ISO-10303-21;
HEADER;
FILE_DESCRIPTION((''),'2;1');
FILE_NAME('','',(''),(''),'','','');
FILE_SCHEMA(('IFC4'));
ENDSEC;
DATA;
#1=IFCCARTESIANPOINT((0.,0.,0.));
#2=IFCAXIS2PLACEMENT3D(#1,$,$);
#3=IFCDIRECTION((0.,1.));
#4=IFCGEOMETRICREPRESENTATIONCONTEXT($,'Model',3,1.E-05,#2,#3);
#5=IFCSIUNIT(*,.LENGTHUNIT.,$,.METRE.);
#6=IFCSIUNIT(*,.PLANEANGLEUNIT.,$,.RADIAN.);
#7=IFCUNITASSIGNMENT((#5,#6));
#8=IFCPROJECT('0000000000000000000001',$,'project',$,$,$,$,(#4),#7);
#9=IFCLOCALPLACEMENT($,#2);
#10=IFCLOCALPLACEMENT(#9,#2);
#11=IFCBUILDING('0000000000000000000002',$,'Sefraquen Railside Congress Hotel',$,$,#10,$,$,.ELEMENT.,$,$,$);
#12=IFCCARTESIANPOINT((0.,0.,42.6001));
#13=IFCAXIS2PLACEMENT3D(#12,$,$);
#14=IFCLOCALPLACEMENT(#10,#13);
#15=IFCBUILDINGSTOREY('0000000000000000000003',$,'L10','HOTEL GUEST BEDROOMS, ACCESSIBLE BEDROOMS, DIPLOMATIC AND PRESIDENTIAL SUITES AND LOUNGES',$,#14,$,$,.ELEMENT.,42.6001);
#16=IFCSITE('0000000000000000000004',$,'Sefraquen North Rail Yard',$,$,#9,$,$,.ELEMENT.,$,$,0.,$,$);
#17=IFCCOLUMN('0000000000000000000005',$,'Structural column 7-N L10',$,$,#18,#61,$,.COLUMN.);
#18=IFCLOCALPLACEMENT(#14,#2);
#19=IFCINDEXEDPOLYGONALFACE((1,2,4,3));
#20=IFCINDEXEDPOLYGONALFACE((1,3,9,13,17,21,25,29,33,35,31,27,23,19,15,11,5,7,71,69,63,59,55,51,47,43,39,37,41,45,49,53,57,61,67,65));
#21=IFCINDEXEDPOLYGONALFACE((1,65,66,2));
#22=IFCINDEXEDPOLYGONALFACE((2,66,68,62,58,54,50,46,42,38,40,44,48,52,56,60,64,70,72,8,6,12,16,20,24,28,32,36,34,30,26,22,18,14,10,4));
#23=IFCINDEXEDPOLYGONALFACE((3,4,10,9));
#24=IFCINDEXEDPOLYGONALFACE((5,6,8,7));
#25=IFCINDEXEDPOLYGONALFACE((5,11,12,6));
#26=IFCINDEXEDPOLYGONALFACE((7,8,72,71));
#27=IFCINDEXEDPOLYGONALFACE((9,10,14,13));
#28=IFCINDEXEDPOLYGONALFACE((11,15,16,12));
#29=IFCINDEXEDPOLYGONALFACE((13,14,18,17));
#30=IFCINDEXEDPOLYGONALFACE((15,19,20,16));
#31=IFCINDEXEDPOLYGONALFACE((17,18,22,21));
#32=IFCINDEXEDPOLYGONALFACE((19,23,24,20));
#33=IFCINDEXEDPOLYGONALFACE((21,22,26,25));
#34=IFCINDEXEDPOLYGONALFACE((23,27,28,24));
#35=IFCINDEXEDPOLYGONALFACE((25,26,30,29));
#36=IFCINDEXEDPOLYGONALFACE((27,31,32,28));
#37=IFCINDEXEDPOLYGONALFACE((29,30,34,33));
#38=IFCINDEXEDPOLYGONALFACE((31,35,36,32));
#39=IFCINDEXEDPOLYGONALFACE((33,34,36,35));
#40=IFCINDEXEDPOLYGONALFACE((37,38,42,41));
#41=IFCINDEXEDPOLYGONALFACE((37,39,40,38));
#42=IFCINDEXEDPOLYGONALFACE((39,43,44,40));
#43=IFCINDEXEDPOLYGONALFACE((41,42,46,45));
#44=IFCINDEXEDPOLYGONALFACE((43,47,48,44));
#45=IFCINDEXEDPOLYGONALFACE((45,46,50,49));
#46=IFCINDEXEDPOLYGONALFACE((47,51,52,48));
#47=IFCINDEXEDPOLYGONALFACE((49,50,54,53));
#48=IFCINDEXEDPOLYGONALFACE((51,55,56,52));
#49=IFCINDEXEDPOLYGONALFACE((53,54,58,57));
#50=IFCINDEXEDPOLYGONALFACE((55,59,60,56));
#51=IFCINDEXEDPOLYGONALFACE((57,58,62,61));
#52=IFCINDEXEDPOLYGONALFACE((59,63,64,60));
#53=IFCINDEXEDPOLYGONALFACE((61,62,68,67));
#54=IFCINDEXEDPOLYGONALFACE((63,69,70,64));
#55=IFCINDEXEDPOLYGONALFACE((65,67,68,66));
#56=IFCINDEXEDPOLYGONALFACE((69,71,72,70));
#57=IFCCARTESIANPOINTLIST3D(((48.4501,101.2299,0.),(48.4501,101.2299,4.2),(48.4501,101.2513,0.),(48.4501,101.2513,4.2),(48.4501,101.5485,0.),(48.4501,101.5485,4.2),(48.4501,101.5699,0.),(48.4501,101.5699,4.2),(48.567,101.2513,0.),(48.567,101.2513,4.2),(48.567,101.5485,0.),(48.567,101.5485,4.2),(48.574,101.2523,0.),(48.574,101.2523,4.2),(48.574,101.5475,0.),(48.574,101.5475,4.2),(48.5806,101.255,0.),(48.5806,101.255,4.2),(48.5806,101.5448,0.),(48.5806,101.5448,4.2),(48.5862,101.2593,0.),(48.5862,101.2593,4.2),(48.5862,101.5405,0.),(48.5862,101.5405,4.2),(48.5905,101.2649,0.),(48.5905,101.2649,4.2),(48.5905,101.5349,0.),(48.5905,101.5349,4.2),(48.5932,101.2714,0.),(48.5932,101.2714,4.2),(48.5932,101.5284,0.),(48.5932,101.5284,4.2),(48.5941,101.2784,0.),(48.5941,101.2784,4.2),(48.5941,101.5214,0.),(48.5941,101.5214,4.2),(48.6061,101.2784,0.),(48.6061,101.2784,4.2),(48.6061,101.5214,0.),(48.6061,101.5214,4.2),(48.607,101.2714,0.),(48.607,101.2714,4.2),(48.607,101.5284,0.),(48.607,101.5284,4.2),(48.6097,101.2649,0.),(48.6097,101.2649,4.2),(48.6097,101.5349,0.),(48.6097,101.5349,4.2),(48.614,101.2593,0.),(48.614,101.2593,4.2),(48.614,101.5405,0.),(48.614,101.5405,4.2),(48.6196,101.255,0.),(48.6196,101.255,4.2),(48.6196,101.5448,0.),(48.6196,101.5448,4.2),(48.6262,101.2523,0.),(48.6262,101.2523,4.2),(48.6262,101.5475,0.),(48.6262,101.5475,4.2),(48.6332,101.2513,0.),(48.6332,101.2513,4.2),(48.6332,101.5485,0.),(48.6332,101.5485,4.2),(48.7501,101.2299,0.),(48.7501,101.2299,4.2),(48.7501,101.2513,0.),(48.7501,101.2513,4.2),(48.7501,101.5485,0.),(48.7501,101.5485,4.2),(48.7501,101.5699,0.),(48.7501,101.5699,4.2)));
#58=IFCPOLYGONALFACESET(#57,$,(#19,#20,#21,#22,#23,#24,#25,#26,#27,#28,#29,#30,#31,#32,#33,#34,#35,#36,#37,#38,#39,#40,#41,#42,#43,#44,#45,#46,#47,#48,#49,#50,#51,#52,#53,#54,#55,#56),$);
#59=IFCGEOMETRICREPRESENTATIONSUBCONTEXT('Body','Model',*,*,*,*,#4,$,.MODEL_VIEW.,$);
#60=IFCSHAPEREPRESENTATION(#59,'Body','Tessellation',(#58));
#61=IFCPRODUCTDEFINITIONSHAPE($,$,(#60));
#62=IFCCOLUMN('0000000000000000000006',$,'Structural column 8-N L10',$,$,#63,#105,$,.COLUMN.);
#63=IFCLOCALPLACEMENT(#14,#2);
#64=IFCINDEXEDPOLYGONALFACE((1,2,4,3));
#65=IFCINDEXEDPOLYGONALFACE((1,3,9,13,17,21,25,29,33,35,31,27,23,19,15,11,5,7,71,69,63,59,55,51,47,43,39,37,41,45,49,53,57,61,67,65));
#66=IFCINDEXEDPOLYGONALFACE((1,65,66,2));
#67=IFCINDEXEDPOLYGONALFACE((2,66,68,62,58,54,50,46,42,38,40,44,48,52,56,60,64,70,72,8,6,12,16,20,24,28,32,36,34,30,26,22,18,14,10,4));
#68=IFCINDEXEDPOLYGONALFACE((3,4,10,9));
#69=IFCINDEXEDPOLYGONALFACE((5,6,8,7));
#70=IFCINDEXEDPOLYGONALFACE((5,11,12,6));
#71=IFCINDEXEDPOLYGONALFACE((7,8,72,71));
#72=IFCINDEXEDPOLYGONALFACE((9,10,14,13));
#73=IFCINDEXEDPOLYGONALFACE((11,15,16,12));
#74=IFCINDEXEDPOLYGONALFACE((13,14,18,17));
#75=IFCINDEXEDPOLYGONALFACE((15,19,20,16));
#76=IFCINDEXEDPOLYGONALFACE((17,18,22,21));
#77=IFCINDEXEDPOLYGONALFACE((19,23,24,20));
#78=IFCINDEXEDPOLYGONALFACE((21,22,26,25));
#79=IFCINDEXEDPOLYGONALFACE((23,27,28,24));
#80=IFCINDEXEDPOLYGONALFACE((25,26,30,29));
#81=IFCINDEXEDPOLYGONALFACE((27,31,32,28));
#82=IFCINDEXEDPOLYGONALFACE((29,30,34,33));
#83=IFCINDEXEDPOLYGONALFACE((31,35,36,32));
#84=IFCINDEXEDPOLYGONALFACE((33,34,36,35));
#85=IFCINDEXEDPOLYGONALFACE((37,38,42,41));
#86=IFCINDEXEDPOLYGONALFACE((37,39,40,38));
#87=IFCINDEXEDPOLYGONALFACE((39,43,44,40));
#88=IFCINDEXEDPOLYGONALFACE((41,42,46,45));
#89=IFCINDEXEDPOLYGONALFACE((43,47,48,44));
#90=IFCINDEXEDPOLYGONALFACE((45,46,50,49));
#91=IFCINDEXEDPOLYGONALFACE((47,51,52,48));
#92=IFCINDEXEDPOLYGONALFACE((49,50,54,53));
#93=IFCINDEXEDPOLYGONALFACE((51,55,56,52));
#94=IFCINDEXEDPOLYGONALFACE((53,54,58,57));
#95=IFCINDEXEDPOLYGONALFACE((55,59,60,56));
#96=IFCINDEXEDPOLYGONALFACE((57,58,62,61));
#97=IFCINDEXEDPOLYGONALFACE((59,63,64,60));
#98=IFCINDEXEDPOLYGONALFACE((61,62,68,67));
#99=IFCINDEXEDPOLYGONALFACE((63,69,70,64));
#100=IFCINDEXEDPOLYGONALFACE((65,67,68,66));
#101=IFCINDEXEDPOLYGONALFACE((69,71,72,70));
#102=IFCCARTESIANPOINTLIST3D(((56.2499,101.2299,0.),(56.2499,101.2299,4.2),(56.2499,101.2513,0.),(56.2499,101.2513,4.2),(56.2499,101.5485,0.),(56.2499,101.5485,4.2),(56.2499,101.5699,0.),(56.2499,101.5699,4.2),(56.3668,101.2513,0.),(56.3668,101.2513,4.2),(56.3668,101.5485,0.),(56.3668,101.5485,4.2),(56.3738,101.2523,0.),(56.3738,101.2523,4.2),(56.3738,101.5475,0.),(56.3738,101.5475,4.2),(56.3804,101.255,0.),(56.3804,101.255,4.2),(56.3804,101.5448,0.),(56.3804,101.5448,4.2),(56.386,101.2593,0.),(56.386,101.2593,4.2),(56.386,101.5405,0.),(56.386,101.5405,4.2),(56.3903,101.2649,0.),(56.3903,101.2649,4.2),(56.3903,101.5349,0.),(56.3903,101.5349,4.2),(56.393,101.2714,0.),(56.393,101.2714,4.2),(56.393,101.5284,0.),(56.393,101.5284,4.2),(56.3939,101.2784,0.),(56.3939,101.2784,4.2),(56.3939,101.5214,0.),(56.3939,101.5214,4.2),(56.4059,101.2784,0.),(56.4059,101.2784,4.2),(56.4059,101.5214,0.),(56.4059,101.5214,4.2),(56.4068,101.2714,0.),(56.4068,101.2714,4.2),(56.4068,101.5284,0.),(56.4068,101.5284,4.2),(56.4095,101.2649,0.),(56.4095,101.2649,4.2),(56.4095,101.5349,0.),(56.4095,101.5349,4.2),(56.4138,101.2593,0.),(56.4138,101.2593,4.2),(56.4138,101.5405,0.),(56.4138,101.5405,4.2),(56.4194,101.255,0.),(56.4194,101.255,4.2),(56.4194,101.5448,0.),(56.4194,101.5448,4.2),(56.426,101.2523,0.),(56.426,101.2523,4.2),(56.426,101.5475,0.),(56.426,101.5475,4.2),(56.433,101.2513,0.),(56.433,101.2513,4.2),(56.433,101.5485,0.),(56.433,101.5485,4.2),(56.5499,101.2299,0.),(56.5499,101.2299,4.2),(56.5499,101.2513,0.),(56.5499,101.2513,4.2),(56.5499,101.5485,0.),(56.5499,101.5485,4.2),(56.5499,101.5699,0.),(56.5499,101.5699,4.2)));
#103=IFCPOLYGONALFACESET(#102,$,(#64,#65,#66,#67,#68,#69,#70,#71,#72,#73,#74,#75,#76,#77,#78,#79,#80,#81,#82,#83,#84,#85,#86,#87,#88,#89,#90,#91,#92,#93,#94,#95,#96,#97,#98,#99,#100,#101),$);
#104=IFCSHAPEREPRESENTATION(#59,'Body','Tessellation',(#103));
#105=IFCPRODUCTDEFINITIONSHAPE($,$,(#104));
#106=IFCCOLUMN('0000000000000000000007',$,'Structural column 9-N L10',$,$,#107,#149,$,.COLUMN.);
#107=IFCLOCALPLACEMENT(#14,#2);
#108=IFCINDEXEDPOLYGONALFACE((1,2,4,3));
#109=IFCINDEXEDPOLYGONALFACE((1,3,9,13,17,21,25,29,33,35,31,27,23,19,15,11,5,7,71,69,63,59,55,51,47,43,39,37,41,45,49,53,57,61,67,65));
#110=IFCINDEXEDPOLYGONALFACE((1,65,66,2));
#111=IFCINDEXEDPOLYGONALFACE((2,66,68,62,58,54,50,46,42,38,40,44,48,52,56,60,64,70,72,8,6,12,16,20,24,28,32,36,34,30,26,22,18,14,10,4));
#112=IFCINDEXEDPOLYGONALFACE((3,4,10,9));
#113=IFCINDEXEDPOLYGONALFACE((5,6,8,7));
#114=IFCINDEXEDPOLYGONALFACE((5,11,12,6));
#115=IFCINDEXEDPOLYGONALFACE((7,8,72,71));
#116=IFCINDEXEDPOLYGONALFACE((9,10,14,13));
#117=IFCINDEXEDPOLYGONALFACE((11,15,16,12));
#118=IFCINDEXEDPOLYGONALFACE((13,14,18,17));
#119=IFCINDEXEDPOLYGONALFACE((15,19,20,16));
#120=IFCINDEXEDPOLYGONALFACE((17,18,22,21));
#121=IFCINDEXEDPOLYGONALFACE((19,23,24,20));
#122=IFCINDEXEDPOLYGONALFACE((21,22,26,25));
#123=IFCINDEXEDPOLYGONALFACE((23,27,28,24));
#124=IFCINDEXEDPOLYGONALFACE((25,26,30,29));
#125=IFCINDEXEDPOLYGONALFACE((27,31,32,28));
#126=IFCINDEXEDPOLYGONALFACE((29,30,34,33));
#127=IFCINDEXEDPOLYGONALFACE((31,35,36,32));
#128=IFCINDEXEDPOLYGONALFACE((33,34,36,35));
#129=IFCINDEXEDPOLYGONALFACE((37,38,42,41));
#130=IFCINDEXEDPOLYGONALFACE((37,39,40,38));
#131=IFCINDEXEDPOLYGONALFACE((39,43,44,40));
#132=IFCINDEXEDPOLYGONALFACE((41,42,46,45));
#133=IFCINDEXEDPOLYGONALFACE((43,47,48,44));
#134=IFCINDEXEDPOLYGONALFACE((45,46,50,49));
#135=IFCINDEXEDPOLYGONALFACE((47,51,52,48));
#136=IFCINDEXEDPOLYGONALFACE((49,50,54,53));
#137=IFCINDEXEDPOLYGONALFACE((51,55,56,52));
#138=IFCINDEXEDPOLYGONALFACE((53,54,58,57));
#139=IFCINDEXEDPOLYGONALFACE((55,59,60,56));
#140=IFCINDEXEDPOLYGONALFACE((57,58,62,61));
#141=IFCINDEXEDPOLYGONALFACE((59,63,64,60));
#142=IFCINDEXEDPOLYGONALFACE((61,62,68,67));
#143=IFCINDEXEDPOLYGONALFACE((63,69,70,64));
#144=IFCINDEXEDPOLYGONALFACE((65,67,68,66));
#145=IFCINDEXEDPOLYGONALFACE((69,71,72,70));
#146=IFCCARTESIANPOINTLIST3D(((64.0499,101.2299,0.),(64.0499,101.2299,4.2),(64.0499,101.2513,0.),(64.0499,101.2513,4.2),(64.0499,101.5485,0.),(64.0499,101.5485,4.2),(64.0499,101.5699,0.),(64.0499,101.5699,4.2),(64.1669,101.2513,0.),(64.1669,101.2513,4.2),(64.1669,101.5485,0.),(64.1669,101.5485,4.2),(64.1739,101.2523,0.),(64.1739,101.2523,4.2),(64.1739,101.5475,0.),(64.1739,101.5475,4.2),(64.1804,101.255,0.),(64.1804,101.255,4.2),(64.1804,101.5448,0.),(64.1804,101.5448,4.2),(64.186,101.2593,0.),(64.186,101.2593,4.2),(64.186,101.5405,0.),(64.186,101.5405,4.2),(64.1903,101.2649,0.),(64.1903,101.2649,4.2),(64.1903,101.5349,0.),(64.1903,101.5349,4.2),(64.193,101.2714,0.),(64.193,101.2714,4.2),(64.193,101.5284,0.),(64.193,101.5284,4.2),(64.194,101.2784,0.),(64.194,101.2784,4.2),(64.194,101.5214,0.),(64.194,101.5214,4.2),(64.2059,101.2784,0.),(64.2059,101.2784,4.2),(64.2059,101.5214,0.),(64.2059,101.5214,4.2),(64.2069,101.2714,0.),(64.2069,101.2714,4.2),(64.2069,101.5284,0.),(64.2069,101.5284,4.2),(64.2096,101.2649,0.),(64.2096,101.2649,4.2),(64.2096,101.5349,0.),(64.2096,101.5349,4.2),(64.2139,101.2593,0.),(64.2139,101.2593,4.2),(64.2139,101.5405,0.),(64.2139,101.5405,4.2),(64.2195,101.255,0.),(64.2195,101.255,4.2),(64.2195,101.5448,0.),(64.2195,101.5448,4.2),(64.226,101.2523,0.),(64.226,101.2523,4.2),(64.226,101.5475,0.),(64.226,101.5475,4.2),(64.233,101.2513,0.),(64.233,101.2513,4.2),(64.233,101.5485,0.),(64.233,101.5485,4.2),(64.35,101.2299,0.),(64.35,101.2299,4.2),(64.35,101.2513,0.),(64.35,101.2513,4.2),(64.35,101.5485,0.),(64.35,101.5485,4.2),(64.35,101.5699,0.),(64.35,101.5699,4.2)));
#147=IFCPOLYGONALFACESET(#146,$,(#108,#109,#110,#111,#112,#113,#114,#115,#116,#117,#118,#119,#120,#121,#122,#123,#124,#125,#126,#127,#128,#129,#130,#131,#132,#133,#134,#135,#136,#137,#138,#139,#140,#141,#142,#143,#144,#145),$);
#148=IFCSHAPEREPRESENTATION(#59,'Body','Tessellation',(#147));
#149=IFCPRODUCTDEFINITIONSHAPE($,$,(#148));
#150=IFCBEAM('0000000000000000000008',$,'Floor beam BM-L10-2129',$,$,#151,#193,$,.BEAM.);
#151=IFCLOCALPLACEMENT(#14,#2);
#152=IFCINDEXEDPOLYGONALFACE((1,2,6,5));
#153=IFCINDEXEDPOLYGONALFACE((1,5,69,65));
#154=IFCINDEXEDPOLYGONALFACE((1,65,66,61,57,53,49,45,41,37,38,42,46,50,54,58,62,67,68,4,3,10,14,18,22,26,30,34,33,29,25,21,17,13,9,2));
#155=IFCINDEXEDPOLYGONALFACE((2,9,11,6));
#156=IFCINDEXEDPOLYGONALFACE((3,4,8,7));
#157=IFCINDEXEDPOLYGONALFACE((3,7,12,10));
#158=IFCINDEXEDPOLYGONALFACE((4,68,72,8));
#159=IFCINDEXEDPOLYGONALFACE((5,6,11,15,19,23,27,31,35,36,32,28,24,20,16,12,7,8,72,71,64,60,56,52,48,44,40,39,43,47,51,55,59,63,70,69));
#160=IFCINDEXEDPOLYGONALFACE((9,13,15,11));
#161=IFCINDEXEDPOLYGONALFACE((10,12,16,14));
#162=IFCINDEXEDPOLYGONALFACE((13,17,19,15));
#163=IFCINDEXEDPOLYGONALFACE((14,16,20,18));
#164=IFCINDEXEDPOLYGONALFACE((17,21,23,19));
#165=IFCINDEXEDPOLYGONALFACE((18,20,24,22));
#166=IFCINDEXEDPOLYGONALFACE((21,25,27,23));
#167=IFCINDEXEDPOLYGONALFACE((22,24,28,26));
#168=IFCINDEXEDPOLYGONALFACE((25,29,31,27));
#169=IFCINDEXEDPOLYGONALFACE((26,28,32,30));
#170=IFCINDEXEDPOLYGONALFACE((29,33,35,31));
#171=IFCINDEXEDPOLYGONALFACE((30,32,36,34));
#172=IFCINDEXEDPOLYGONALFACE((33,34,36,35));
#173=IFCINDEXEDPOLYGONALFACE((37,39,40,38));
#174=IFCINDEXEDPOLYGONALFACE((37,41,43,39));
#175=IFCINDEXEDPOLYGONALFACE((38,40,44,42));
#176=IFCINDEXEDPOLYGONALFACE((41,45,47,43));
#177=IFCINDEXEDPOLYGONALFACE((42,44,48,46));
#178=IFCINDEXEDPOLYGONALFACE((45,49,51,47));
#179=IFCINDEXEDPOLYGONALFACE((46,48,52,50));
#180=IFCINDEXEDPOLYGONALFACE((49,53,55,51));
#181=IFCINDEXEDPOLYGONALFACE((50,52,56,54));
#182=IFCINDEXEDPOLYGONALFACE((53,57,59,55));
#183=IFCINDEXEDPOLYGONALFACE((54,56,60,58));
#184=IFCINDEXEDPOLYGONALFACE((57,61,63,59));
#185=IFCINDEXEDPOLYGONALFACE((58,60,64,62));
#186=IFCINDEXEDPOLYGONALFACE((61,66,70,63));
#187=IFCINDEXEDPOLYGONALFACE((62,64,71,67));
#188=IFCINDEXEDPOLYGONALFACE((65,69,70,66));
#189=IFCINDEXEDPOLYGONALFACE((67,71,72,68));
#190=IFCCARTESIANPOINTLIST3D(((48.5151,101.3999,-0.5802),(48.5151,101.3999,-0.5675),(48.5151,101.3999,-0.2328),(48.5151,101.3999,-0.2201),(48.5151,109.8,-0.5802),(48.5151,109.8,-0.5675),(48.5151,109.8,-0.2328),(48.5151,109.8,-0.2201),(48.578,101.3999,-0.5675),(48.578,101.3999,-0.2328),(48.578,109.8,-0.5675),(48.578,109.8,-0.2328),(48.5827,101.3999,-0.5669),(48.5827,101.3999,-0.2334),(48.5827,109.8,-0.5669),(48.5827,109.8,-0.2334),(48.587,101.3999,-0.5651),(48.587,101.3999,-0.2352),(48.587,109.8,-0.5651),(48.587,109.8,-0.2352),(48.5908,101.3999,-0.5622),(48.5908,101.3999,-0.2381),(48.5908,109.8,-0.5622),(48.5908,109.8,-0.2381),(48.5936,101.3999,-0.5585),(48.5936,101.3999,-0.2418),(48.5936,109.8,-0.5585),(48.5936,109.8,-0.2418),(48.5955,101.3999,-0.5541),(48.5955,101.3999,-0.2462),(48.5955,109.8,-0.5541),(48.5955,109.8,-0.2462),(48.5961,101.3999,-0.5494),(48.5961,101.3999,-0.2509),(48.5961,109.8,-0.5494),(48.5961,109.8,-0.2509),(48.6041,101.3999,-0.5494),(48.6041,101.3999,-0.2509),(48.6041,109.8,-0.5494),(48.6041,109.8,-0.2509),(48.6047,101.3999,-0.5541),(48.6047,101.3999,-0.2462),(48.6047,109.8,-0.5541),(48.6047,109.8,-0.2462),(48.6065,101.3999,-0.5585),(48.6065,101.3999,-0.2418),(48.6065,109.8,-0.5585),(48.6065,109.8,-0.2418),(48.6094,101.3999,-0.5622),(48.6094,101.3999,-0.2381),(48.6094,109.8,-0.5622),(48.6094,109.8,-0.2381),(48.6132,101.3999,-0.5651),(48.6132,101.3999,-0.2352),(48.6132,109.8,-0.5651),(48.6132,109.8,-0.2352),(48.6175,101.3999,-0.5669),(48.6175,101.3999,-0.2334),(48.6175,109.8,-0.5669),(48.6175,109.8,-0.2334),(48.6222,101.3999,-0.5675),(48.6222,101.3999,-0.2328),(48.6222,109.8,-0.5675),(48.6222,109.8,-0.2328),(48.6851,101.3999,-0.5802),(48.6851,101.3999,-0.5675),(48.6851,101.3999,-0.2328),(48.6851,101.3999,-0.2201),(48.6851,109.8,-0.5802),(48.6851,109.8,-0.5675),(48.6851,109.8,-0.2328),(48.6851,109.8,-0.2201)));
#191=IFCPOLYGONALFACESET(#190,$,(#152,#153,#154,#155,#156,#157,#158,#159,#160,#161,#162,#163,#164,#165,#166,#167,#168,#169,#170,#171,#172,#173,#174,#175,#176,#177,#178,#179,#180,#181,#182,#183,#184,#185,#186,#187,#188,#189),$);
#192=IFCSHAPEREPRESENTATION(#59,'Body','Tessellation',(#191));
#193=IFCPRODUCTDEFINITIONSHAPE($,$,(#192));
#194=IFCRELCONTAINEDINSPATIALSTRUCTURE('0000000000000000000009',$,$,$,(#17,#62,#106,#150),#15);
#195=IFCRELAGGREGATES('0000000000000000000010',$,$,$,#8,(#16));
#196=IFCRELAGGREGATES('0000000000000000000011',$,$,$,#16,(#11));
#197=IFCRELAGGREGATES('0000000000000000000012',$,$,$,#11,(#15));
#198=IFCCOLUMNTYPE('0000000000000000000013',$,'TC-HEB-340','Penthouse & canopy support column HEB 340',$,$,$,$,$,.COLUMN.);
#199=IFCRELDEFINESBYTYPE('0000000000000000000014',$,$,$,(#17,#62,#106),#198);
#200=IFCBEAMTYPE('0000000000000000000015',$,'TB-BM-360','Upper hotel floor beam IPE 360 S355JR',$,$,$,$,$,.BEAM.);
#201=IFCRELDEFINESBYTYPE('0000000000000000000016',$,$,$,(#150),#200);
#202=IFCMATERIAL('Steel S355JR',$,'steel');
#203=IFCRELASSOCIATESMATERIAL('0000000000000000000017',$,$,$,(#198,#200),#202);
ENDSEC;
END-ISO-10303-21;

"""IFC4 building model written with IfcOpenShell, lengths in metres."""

from ifc_helpers import new_model, si_unit, direction, frame, origin, origin_2d, place, context, subcontext, project, spatial, i_section, extrude, material, material_profile, profile_set, type_object, element, save


model = new_model("IFC4")

# Units and contexts
model_context = context("Model", 3, precision=1e-05, world=origin(), true_north=direction((0.0, 1.0)))
body_context = subcontext(model_context, "Body", "Model", "MODEL_VIEW")
ifc_project = project(units=[si_unit("LENGTHUNIT", "METRE"), si_unit("PLANEANGLEUNIT", "RADIAN")], contexts=[model_context])

# Site, building, storey
site_placement = place(None, origin())
site = spatial("IfcSite", under=ifc_project, at=site_placement, Name="Sefraquen North Rail Yard", CompositionType="ELEMENT", RefElevation=0.0)
building_placement = place(site_placement, origin())
building = spatial("IfcBuilding", under=site, at=building_placement, Name="Sefraquen Railside Congress Hotel", CompositionType="ELEMENT")
storey_placement = place(building_placement, frame((0.0, 0.0, 42.6001)))
storey = spatial("IfcBuildingStorey", under=building, at=storey_placement, Name="L10", Description="HOTEL GUEST BEDROOMS, ACCESSIBLE BEDROOMS, DIPLOMATIC AND PRESIDENTIAL SUITES AND LOUNGES", CompositionType="ELEMENT", Elevation=42.6001)

# Columns
ifc_material_1 = material(Name="Steel S355JR", Category="steel")
ifc_material_profile_1 = material_profile(ifc_material_1, i_section(OverallWidth=0.3, OverallDepth=0.3401, WebThickness=0.012, FlangeThickness=0.0215, FilletRadius=0.0271, at=origin_2d()), Name="HEB 340")
ifc_profile_set_1 = profile_set([ifc_material_profile_1], Name="Steel S355JR")
column_type = type_object("IfcColumnType", Name="TC-HEB-340", Description="Penthouse & canopy support column HEB 340", PredefinedType="COLUMN", material=ifc_profile_set_1)
for number, where, z_axis, x_axis, name in (
    (1, (48.6001, 101.3999, 0.0), (0.0, 0.0, 1.0), (1.0, 0.0, 0.0), "Structural column 7-N L10"),
    (2, (56.3999, 101.3999, 0.0), (0.0, 0.0, 1.0), (1.0, 0.0, 0.0), "Structural column 8-N L10"),
    (3, (64.2, 101.3999, 0.0), (0.0, 0.0, 1.0), (1.0, 0.0, 0.0), "Structural column 9-N L10"),
):
    element("IfcColumn", number, at=place(storey_placement, frame(where, z_axis=z_axis, x_axis=x_axis)), inside=storey, type_object=column_type, Name=name, PredefinedType="COLUMN", context=body_context, shape_type="SweptSolid", body=[
        extrude(i_section(OverallWidth=0.3, OverallDepth=0.3401, WebThickness=0.012, FlangeThickness=0.0215, FilletRadius=0.0271, at=origin_2d()), origin(), (0.0, 0.0, 1.0), 4.2),
    ])

# Beam
ifc_material_profile_2 = material_profile(ifc_material_1, i_section(OverallWidth=0.1699, OverallDepth=0.3601, WebThickness=0.0081, FlangeThickness=0.0127, FilletRadius=0.0181, at=origin_2d()), Name="IPE 360")
ifc_profile_set_2 = profile_set([ifc_material_profile_2], Name="Steel S355JR")
beam_type_1 = type_object("IfcBeamType", Name="TB-BM-360", Description="Upper hotel floor beam IPE 360 S355JR", PredefinedType="BEAM", material=ifc_profile_set_2)
for number, where, z_axis, x_axis, name in (
    (4, (48.6001, 101.3999, -0.4001), (0.0, 1.0, 0.0), (-1.0, 0.0, 0.0), "Floor beam BM-L10-2129"),
):
    element("IfcBeam", number, at=place(storey_placement, frame(where, z_axis=z_axis, x_axis=x_axis)), inside=storey, type_object=beam_type_1, Name=name, PredefinedType="BEAM", context=body_context, shape_type="SweptSolid", body=[
        extrude(i_section(OverallWidth=0.1699, OverallDepth=0.3601, WebThickness=0.0081, FlangeThickness=0.0127, FilletRadius=0.0181, at=origin_2d()), origin(), (0.0, 0.0, 1.0), 8.4001),
    ])

save(model, "model.ifc")
